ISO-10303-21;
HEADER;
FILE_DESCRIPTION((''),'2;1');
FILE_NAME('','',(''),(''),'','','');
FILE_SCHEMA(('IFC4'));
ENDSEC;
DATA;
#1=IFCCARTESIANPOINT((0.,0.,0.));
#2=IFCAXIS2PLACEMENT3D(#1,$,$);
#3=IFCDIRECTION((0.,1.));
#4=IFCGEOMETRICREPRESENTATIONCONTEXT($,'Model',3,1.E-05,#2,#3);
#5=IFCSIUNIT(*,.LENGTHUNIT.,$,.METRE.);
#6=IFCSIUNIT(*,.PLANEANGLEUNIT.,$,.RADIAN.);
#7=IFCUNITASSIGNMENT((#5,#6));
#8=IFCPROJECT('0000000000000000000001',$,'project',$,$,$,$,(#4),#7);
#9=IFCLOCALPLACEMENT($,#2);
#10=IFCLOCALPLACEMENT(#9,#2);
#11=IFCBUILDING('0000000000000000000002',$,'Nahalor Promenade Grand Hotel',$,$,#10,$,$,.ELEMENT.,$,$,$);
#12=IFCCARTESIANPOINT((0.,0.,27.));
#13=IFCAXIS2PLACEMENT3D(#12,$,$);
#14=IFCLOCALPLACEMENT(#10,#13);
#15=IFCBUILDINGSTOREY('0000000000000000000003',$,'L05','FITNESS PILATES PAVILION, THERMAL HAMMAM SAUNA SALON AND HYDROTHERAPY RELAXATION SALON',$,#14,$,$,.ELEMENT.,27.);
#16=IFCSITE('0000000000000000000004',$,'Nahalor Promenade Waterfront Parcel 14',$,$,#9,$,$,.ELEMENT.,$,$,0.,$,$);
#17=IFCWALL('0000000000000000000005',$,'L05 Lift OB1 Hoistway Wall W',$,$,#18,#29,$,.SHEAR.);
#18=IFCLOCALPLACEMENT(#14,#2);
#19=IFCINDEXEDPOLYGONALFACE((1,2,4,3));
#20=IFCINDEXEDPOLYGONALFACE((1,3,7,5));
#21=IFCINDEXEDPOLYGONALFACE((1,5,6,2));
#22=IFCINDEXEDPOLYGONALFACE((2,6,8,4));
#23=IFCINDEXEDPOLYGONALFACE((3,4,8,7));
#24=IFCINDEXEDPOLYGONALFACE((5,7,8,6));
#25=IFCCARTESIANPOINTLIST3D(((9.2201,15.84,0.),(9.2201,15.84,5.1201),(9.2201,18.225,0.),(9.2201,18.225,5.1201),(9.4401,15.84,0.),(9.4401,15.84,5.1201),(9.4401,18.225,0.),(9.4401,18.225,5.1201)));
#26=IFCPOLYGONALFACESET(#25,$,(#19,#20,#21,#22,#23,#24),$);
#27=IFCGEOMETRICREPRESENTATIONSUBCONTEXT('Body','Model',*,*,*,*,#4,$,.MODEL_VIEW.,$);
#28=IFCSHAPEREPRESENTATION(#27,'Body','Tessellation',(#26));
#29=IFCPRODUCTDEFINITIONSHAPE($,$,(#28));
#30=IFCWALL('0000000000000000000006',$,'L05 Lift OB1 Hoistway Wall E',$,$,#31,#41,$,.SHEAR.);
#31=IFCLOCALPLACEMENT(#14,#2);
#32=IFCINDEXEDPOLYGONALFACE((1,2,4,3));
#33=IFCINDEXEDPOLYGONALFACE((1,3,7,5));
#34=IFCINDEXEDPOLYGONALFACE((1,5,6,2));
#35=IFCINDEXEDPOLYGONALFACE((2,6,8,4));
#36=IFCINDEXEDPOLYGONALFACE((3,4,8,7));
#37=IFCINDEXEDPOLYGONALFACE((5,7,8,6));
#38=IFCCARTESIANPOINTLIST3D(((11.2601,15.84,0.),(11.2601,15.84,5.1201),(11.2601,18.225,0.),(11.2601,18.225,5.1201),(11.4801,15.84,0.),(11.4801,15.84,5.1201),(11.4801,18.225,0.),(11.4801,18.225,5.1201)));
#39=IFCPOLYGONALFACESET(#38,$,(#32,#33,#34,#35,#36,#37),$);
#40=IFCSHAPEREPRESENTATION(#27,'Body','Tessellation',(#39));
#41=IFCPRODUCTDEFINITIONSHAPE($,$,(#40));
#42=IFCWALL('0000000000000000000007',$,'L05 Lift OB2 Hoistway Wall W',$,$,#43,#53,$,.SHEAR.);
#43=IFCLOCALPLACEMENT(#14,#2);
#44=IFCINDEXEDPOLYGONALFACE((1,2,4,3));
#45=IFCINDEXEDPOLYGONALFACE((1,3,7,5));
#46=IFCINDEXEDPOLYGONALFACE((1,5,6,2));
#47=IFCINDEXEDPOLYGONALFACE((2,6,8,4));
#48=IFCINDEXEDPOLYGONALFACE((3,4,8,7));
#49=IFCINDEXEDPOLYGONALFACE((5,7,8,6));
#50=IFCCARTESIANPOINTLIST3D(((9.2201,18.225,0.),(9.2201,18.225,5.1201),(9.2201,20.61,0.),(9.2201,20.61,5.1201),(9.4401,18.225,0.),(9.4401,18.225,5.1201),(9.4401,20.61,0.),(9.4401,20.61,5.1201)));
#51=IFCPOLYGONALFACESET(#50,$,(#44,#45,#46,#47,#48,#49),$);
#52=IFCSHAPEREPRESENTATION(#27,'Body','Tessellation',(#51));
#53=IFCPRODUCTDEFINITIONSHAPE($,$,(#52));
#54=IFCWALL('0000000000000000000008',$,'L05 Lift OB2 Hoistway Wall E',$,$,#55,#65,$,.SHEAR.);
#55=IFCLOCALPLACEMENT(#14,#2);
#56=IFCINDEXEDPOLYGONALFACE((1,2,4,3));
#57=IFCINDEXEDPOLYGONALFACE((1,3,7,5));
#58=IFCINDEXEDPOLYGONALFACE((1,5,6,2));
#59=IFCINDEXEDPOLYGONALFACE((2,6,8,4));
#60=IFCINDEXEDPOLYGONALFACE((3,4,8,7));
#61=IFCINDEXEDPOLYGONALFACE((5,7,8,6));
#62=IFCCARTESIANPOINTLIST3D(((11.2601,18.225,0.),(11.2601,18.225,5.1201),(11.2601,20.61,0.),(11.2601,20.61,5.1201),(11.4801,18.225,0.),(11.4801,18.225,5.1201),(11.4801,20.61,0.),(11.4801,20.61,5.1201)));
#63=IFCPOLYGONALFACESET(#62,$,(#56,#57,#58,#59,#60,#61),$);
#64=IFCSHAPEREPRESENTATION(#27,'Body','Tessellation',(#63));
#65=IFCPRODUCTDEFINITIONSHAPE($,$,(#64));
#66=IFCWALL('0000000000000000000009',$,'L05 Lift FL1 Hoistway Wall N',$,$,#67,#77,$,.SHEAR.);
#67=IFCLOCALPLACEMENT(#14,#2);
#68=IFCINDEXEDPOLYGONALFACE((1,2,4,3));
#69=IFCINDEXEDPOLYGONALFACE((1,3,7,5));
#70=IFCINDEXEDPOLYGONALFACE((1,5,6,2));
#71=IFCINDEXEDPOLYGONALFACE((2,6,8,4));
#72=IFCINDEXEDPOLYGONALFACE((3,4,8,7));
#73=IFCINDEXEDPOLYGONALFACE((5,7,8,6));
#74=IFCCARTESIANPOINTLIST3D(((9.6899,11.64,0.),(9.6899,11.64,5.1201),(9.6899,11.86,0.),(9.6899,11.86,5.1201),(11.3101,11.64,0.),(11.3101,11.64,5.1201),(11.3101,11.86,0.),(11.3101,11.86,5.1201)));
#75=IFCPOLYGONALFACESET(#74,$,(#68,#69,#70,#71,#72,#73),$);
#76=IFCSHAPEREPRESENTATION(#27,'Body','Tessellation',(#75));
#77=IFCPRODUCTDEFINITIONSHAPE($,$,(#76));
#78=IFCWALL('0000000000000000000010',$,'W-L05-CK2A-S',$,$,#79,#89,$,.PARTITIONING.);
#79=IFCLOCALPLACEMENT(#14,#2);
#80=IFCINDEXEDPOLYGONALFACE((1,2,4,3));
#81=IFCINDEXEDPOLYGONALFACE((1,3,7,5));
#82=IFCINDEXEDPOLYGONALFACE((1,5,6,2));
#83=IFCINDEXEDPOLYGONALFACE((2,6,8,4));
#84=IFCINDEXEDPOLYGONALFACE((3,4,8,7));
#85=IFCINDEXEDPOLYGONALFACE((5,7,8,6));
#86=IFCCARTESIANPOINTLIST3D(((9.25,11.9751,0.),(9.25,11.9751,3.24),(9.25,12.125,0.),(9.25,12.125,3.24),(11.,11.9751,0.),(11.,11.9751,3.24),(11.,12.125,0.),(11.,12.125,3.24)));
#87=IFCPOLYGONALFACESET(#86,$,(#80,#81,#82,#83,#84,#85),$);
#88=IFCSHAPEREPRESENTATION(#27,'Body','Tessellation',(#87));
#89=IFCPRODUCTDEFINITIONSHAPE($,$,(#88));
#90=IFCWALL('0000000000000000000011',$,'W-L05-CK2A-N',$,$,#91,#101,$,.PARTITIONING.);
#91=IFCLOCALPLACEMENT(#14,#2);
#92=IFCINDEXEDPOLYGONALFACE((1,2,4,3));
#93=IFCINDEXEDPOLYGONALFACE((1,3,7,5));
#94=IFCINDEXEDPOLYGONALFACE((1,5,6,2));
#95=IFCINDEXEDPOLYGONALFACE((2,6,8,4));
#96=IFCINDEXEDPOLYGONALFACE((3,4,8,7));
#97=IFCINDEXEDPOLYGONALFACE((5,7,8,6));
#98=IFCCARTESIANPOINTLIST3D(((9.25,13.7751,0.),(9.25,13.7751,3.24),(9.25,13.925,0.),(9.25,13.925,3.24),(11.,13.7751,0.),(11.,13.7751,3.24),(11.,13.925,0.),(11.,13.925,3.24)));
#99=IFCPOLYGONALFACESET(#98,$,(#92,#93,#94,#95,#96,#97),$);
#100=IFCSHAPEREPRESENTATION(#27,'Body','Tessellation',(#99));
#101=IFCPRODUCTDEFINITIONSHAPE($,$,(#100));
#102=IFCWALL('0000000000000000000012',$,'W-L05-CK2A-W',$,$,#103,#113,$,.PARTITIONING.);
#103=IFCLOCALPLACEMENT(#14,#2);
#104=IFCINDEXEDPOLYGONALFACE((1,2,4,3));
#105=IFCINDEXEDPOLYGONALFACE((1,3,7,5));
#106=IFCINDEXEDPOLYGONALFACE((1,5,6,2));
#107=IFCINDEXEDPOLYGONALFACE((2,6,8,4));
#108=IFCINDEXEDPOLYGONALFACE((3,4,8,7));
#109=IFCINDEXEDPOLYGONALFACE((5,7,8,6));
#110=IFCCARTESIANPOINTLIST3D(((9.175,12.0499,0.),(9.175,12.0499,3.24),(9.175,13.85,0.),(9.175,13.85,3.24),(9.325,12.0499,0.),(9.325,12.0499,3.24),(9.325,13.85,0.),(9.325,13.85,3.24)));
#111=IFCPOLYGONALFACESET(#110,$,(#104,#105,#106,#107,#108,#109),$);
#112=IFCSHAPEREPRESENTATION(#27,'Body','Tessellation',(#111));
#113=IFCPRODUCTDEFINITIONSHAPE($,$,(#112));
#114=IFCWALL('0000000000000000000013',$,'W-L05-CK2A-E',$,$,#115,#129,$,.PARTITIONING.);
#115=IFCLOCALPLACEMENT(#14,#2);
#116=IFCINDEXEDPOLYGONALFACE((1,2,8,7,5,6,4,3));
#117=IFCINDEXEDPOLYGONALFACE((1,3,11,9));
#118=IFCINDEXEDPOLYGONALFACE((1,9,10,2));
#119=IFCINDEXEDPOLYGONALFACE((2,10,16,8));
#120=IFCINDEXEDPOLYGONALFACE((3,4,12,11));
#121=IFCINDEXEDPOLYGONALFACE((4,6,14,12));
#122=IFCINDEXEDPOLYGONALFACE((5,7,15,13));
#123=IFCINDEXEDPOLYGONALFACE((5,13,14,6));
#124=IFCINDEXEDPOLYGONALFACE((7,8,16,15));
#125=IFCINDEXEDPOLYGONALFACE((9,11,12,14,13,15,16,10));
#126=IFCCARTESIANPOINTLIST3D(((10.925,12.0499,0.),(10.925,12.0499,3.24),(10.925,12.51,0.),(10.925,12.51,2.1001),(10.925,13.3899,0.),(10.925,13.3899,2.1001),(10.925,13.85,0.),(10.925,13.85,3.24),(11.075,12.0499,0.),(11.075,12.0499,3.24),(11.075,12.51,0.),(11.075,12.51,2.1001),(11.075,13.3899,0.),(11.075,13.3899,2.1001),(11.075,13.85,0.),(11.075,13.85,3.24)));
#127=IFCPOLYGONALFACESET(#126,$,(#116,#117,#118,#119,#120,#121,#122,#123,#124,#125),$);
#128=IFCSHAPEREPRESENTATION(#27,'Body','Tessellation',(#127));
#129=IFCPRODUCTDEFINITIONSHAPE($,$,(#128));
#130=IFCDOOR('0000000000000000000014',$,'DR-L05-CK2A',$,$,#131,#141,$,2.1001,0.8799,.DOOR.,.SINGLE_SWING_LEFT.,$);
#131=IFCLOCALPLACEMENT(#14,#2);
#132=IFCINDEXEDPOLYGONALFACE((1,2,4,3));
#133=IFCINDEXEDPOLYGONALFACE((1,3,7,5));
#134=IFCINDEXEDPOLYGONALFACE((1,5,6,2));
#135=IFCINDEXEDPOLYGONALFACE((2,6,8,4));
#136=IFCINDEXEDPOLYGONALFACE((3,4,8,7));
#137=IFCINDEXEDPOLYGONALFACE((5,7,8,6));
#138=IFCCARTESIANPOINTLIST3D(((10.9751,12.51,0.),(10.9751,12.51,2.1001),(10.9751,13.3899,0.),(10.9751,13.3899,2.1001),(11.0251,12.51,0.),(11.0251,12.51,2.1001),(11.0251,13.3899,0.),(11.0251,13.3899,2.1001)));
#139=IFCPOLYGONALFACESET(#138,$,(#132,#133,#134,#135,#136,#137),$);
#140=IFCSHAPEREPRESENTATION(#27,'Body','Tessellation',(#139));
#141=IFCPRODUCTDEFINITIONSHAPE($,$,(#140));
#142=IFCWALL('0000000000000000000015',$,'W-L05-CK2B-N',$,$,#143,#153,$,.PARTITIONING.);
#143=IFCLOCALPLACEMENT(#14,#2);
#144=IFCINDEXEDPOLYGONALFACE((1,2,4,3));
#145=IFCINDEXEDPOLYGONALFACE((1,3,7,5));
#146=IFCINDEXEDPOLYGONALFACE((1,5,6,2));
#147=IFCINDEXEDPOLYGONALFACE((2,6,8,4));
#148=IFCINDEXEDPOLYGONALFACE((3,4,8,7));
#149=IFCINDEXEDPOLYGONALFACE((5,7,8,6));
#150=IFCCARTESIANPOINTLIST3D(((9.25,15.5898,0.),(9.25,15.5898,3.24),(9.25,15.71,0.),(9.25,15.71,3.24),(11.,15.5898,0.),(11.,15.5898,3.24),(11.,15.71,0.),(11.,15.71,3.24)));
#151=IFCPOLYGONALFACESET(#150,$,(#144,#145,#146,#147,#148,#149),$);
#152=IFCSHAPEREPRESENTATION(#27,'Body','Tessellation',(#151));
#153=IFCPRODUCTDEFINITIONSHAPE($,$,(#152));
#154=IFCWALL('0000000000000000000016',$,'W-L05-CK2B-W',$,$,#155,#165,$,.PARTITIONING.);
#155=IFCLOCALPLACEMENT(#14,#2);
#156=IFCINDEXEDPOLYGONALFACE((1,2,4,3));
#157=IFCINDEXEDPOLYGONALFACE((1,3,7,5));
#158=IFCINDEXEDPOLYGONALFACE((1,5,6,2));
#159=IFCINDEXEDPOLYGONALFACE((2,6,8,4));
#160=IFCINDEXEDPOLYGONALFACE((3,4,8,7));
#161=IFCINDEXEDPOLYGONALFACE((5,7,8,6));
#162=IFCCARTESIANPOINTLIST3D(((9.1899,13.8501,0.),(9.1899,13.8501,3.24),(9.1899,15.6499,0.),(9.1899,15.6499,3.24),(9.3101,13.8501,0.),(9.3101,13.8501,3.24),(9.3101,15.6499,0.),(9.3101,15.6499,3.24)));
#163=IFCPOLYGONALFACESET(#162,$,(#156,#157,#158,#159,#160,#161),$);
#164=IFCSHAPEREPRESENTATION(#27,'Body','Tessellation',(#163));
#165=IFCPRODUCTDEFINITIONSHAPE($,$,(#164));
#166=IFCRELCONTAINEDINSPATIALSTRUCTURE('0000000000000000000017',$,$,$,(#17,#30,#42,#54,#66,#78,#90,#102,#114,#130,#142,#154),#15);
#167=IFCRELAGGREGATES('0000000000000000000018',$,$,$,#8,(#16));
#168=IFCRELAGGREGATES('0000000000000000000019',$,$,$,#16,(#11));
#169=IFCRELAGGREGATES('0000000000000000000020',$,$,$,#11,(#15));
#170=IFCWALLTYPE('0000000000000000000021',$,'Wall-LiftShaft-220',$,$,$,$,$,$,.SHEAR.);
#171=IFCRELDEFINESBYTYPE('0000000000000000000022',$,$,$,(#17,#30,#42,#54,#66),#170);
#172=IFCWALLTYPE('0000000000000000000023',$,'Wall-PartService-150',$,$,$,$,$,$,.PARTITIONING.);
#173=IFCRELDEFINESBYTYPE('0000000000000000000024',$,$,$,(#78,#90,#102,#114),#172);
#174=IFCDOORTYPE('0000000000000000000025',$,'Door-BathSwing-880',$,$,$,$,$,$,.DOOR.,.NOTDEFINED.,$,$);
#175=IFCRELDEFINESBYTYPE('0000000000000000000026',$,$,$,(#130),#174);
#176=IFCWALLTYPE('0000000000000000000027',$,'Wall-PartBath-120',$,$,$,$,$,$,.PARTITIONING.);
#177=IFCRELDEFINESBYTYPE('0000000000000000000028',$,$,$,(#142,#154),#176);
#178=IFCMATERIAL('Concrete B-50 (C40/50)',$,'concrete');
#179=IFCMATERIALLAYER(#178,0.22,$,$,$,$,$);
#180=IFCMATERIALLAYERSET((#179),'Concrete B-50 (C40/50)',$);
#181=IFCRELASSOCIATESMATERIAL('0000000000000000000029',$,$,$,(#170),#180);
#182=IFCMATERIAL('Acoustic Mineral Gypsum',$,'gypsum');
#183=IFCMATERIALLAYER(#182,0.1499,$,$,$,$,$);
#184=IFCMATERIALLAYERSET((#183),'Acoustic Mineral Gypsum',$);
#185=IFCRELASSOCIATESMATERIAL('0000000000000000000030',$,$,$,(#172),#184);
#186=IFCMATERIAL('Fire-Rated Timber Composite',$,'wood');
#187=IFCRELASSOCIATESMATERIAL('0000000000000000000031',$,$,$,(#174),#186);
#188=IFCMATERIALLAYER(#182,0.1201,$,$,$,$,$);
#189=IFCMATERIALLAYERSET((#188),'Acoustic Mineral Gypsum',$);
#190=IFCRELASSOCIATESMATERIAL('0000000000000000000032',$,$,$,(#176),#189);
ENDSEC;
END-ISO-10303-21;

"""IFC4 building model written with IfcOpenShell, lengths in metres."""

from ifc_helpers import new_model, si_unit, direction, frame, frame_2d, origin, place, context, subcontext, project, spatial, rectangle, extrude, source, transform, mapped, material, layer, layer_set, type_object, element, fill, save


model = new_model("IFC4")

# Units and contexts
model_context = context("Model", 3, precision=1e-05, world=origin(), true_north=direction((0.0, 1.0)))
body_context = subcontext(model_context, "Body", "Model", "MODEL_VIEW")
ifc_project = project(units=[si_unit("LENGTHUNIT", "METRE"), si_unit("PLANEANGLEUNIT", "RADIAN")], contexts=[model_context])

# Site, building, storey
site_placement = place(None, origin())
site = spatial("IfcSite", under=ifc_project, at=site_placement, Name="Nahalor Promenade Waterfront Parcel 14", CompositionType="ELEMENT", RefElevation=0.0)
building_placement = place(site_placement, origin())
building = spatial("IfcBuilding", under=site, at=building_placement, Name="Nahalor Promenade Grand Hotel", CompositionType="ELEMENT")
storey_placement = place(building_placement, frame((0.0, 0.0, 27.0)))
storey = spatial("IfcBuildingStorey", under=building, at=storey_placement, Name="L05", Description="FITNESS PILATES PAVILION, THERMAL HAMMAM SAUNA SALON AND HYDROTHERAPY RELAXATION SALON", CompositionType="ELEMENT", Elevation=27.0)

# Walls
ifc_material_1 = material(Name="Concrete B-50 (C40/50)", Category="concrete")
ifc_layer_1 = layer(ifc_material_1, 0.22)
ifc_layer_set_1 = layer_set([ifc_layer_1], Name="Concrete B-50 (C40/50)")
wall_type_1 = type_object("IfcWallType", Name="Wall-LiftShaft-220", PredefinedType="SHEAR", material=ifc_layer_set_1)
shared_shape_1 = source(origin(), body_context, "Body", "SweptSolid", [
    extrude(rectangle(XDim=2.385, YDim=0.22, at=frame_2d((1.1924, 0.0))), origin(), (0.0, 0.0, 1.0), 5.1201),
])
for number, where, z_axis, x_axis, name in (
    (1, (9.3301, 15.8401, 0.0), (0.0, 0.0, 1.0), (0.0, 1.0, 0.0), "L05 Lift OB1 Hoistway Wall W"),
    (2, (11.3701, 15.8401, 0.0), (0.0, 0.0, 1.0), (0.0, 1.0, 0.0), "L05 Lift OB1 Hoistway Wall E"),
    (3, (9.3301, 18.2251, 0.0), (0.0, 0.0, 1.0), (0.0, 1.0, 0.0), "L05 Lift OB2 Hoistway Wall W"),
    (4, (11.3701, 18.2251, 0.0), (0.0, 0.0, 1.0), (0.0, 1.0, 0.0), "L05 Lift OB2 Hoistway Wall E"),
):
    element("IfcWall", number, at=place(storey_placement, frame(where, z_axis=z_axis, x_axis=x_axis)), inside=storey, type_object=wall_type_1, Name=name, PredefinedType="SHEAR", context=body_context, shape_type="MappedRepresentation", body=[
        mapped(shared_shape_1, transform((0.0, 0.0, 0.0), scale=1.0)),
    ])
shared_shape_2 = source(origin(), body_context, "Body", "SweptSolid", [
    extrude(rectangle(XDim=1.6201, YDim=0.22, at=frame_2d((0.8101, 0.0))), origin(), (0.0, 0.0, 1.0), 5.1201),
])
wall_1_placement = place(storey_placement, frame((9.6899, 11.75, 0.0), z_axis=(0.0, 0.0, 1.0), x_axis=(1.0, 0.0, 0.0)))
element("IfcWall", 5, at=wall_1_placement, inside=storey, type_object=wall_type_1, Name="L05 Lift FL1 Hoistway Wall N", PredefinedType="SHEAR", context=body_context, shape_type="MappedRepresentation", body=[
    mapped(shared_shape_2, transform((0.0, 0.0, 0.0), scale=1.0)),
])
ifc_material_2 = material(Name="Acoustic Mineral Gypsum", Category="gypsum")
ifc_layer_2 = layer(ifc_material_2, 0.1499)
ifc_layer_set_2 = layer_set([ifc_layer_2], Name="Acoustic Mineral Gypsum")
wall_type_2 = type_object("IfcWallType", Name="Wall-PartService-150", PredefinedType="PARTITIONING", material=ifc_layer_set_2)
shared_shape_3 = source(origin(), body_context, "Body", "SweptSolid", [
    extrude(rectangle(XDim=1.75, YDim=0.1499, at=frame_2d((0.875, 0.0))), origin(), (0.0, 0.0, 1.0), 3.24),
])
for number, where, z_axis, x_axis, name in (
    (6, (9.25, 12.05, 0.0), (0.0, 0.0, 1.0), (1.0, 0.0, 0.0), "W-L05-CK2A-S"),
    (7, (9.25, 13.8501, 0.0), (0.0, 0.0, 1.0), (1.0, 0.0, 0.0), "W-L05-CK2A-N"),
):
    element("IfcWall", number, at=place(storey_placement, frame(where, z_axis=z_axis, x_axis=x_axis)), inside=storey, type_object=wall_type_2, Name=name, PredefinedType="PARTITIONING", context=body_context, shape_type="MappedRepresentation", body=[
        mapped(shared_shape_3, transform((0.0, 0.0, 0.0), scale=1.0)),
    ])
shared_shape_4 = source(origin(), body_context, "Body", "SweptSolid", [
    extrude(rectangle(XDim=1.8, YDim=0.1499, at=frame_2d((0.8999, 0.0))), origin(), (0.0, 0.0, 1.0), 3.24),
])
wall_2_placement = place(storey_placement, frame((9.25, 12.05, 0.0), z_axis=(0.0, 0.0, 1.0), x_axis=(0.0, 1.0, 0.0)))
element("IfcWall", 8, at=wall_2_placement, inside=storey, type_object=wall_type_2, Name="W-L05-CK2A-W", PredefinedType="PARTITIONING", context=body_context, shape_type="MappedRepresentation", body=[
    mapped(shared_shape_4, transform((0.0, 0.0, 0.0), scale=1.0)),
])

# Wall, opening, door
wall_3_placement = place(storey_placement, frame((11.0, 12.05, 0.0), z_axis=(0.0, 0.0, 1.0), x_axis=(0.0, 1.0, 0.0)))
wall_3 = element("IfcWall", 9, at=wall_3_placement, inside=storey, type_object=wall_type_2, Name="W-L05-CK2A-E", PredefinedType="PARTITIONING", context=body_context, shape_type="MappedRepresentation", body=[
    mapped(shared_shape_4, transform((0.0, 0.0, 0.0), scale=1.0)),
])
opening_1_placement = place(wall_3_placement, frame((0.46, 0.0, 0.0)))
opening_1 = element("IfcOpeningElement", 10, at=opening_1_placement, cuts=wall_3, PredefinedType="OPENING", context=body_context, shape_type="SweptSolid", body=[
    extrude(rectangle(XDim=0.8799, YDim=2.1001, at=frame_2d((0.4399, 1.05))), frame((0.0, 0.085, 0.0), z_axis=(0.0, -1.0, 0.0), x_axis=(1.0, 0.0, 0.0)), (0.0, 0.0, 1.0), 0.1699),
])
ifc_material_3 = material(Name="Fire-Rated Timber Composite", Category="wood")
door_type = type_object("IfcDoorType", Name="Door-BathSwing-880", OperationType="NOTDEFINED", PredefinedType="DOOR", material=ifc_material_3)
shared_shape_5 = source(origin(), body_context, "Body", "SweptSolid", [
    extrude(rectangle(XDim=0.8799, YDim=2.1001, at=frame_2d((0.4399, 1.05))), frame((0.0, 0.0249, 0.0), z_axis=(0.0, -1.0, 0.0), x_axis=(1.0, 0.0, 0.0)), (0.0, 0.0, 1.0), 0.05),
])
door_1_placement = place(opening_1_placement, origin())
door_1 = element("IfcDoor", 11, at=door_1_placement, inside=storey, type_object=door_type, Name="DR-L05-CK2A", OperationType="SINGLE_SWING_LEFT", OverallHeight=2.1001, OverallWidth=0.8799, PredefinedType="DOOR", context=body_context, shape_type="MappedRepresentation", body=[
    mapped(shared_shape_5, transform((0.0, 0.0, 0.0), scale=1.0)),
])
fill(opening_1, door_1)

# Walls
ifc_layer_3 = layer(ifc_material_2, 0.1201)
ifc_layer_set_3 = layer_set([ifc_layer_3], Name="Acoustic Mineral Gypsum")
wall_type_3 = type_object("IfcWallType", Name="Wall-PartBath-120", PredefinedType="PARTITIONING", material=ifc_layer_set_3)
shared_shape_6 = source(origin(), body_context, "Body", "SweptSolid", [
    extrude(rectangle(XDim=1.75, YDim=0.1201, at=frame_2d((0.875, 0.0))), origin(), (0.0, 0.0, 1.0), 3.24),
])
wall_4_placement = place(storey_placement, frame((9.25, 15.6499, 0.0), z_axis=(0.0, 0.0, 1.0), x_axis=(1.0, 0.0, 0.0)))
element("IfcWall", 12, at=wall_4_placement, inside=storey, type_object=wall_type_3, Name="W-L05-CK2B-N", PredefinedType="PARTITIONING", context=body_context, shape_type="MappedRepresentation", body=[
    mapped(shared_shape_6, transform((0.0, 0.0, 0.0), scale=1.0)),
])
shared_shape_7 = source(origin(), body_context, "Body", "SweptSolid", [
    extrude(rectangle(XDim=1.7998, YDim=0.1201, at=frame_2d((0.8999, 0.0))), origin(), (0.0, 0.0, 1.0), 3.24),
])
wall_5_placement = place(storey_placement, frame((9.25, 13.8501, 0.0), z_axis=(0.0, 0.0, 1.0), x_axis=(0.0, 1.0, 0.0)))
element("IfcWall", 13, at=wall_5_placement, inside=storey, type_object=wall_type_3, Name="W-L05-CK2B-W", PredefinedType="PARTITIONING", context=body_context, shape_type="MappedRepresentation", body=[
    mapped(shared_shape_7, transform((0.0, 0.0, 0.0), scale=1.0)),
])

save(model, "model.ifc")
